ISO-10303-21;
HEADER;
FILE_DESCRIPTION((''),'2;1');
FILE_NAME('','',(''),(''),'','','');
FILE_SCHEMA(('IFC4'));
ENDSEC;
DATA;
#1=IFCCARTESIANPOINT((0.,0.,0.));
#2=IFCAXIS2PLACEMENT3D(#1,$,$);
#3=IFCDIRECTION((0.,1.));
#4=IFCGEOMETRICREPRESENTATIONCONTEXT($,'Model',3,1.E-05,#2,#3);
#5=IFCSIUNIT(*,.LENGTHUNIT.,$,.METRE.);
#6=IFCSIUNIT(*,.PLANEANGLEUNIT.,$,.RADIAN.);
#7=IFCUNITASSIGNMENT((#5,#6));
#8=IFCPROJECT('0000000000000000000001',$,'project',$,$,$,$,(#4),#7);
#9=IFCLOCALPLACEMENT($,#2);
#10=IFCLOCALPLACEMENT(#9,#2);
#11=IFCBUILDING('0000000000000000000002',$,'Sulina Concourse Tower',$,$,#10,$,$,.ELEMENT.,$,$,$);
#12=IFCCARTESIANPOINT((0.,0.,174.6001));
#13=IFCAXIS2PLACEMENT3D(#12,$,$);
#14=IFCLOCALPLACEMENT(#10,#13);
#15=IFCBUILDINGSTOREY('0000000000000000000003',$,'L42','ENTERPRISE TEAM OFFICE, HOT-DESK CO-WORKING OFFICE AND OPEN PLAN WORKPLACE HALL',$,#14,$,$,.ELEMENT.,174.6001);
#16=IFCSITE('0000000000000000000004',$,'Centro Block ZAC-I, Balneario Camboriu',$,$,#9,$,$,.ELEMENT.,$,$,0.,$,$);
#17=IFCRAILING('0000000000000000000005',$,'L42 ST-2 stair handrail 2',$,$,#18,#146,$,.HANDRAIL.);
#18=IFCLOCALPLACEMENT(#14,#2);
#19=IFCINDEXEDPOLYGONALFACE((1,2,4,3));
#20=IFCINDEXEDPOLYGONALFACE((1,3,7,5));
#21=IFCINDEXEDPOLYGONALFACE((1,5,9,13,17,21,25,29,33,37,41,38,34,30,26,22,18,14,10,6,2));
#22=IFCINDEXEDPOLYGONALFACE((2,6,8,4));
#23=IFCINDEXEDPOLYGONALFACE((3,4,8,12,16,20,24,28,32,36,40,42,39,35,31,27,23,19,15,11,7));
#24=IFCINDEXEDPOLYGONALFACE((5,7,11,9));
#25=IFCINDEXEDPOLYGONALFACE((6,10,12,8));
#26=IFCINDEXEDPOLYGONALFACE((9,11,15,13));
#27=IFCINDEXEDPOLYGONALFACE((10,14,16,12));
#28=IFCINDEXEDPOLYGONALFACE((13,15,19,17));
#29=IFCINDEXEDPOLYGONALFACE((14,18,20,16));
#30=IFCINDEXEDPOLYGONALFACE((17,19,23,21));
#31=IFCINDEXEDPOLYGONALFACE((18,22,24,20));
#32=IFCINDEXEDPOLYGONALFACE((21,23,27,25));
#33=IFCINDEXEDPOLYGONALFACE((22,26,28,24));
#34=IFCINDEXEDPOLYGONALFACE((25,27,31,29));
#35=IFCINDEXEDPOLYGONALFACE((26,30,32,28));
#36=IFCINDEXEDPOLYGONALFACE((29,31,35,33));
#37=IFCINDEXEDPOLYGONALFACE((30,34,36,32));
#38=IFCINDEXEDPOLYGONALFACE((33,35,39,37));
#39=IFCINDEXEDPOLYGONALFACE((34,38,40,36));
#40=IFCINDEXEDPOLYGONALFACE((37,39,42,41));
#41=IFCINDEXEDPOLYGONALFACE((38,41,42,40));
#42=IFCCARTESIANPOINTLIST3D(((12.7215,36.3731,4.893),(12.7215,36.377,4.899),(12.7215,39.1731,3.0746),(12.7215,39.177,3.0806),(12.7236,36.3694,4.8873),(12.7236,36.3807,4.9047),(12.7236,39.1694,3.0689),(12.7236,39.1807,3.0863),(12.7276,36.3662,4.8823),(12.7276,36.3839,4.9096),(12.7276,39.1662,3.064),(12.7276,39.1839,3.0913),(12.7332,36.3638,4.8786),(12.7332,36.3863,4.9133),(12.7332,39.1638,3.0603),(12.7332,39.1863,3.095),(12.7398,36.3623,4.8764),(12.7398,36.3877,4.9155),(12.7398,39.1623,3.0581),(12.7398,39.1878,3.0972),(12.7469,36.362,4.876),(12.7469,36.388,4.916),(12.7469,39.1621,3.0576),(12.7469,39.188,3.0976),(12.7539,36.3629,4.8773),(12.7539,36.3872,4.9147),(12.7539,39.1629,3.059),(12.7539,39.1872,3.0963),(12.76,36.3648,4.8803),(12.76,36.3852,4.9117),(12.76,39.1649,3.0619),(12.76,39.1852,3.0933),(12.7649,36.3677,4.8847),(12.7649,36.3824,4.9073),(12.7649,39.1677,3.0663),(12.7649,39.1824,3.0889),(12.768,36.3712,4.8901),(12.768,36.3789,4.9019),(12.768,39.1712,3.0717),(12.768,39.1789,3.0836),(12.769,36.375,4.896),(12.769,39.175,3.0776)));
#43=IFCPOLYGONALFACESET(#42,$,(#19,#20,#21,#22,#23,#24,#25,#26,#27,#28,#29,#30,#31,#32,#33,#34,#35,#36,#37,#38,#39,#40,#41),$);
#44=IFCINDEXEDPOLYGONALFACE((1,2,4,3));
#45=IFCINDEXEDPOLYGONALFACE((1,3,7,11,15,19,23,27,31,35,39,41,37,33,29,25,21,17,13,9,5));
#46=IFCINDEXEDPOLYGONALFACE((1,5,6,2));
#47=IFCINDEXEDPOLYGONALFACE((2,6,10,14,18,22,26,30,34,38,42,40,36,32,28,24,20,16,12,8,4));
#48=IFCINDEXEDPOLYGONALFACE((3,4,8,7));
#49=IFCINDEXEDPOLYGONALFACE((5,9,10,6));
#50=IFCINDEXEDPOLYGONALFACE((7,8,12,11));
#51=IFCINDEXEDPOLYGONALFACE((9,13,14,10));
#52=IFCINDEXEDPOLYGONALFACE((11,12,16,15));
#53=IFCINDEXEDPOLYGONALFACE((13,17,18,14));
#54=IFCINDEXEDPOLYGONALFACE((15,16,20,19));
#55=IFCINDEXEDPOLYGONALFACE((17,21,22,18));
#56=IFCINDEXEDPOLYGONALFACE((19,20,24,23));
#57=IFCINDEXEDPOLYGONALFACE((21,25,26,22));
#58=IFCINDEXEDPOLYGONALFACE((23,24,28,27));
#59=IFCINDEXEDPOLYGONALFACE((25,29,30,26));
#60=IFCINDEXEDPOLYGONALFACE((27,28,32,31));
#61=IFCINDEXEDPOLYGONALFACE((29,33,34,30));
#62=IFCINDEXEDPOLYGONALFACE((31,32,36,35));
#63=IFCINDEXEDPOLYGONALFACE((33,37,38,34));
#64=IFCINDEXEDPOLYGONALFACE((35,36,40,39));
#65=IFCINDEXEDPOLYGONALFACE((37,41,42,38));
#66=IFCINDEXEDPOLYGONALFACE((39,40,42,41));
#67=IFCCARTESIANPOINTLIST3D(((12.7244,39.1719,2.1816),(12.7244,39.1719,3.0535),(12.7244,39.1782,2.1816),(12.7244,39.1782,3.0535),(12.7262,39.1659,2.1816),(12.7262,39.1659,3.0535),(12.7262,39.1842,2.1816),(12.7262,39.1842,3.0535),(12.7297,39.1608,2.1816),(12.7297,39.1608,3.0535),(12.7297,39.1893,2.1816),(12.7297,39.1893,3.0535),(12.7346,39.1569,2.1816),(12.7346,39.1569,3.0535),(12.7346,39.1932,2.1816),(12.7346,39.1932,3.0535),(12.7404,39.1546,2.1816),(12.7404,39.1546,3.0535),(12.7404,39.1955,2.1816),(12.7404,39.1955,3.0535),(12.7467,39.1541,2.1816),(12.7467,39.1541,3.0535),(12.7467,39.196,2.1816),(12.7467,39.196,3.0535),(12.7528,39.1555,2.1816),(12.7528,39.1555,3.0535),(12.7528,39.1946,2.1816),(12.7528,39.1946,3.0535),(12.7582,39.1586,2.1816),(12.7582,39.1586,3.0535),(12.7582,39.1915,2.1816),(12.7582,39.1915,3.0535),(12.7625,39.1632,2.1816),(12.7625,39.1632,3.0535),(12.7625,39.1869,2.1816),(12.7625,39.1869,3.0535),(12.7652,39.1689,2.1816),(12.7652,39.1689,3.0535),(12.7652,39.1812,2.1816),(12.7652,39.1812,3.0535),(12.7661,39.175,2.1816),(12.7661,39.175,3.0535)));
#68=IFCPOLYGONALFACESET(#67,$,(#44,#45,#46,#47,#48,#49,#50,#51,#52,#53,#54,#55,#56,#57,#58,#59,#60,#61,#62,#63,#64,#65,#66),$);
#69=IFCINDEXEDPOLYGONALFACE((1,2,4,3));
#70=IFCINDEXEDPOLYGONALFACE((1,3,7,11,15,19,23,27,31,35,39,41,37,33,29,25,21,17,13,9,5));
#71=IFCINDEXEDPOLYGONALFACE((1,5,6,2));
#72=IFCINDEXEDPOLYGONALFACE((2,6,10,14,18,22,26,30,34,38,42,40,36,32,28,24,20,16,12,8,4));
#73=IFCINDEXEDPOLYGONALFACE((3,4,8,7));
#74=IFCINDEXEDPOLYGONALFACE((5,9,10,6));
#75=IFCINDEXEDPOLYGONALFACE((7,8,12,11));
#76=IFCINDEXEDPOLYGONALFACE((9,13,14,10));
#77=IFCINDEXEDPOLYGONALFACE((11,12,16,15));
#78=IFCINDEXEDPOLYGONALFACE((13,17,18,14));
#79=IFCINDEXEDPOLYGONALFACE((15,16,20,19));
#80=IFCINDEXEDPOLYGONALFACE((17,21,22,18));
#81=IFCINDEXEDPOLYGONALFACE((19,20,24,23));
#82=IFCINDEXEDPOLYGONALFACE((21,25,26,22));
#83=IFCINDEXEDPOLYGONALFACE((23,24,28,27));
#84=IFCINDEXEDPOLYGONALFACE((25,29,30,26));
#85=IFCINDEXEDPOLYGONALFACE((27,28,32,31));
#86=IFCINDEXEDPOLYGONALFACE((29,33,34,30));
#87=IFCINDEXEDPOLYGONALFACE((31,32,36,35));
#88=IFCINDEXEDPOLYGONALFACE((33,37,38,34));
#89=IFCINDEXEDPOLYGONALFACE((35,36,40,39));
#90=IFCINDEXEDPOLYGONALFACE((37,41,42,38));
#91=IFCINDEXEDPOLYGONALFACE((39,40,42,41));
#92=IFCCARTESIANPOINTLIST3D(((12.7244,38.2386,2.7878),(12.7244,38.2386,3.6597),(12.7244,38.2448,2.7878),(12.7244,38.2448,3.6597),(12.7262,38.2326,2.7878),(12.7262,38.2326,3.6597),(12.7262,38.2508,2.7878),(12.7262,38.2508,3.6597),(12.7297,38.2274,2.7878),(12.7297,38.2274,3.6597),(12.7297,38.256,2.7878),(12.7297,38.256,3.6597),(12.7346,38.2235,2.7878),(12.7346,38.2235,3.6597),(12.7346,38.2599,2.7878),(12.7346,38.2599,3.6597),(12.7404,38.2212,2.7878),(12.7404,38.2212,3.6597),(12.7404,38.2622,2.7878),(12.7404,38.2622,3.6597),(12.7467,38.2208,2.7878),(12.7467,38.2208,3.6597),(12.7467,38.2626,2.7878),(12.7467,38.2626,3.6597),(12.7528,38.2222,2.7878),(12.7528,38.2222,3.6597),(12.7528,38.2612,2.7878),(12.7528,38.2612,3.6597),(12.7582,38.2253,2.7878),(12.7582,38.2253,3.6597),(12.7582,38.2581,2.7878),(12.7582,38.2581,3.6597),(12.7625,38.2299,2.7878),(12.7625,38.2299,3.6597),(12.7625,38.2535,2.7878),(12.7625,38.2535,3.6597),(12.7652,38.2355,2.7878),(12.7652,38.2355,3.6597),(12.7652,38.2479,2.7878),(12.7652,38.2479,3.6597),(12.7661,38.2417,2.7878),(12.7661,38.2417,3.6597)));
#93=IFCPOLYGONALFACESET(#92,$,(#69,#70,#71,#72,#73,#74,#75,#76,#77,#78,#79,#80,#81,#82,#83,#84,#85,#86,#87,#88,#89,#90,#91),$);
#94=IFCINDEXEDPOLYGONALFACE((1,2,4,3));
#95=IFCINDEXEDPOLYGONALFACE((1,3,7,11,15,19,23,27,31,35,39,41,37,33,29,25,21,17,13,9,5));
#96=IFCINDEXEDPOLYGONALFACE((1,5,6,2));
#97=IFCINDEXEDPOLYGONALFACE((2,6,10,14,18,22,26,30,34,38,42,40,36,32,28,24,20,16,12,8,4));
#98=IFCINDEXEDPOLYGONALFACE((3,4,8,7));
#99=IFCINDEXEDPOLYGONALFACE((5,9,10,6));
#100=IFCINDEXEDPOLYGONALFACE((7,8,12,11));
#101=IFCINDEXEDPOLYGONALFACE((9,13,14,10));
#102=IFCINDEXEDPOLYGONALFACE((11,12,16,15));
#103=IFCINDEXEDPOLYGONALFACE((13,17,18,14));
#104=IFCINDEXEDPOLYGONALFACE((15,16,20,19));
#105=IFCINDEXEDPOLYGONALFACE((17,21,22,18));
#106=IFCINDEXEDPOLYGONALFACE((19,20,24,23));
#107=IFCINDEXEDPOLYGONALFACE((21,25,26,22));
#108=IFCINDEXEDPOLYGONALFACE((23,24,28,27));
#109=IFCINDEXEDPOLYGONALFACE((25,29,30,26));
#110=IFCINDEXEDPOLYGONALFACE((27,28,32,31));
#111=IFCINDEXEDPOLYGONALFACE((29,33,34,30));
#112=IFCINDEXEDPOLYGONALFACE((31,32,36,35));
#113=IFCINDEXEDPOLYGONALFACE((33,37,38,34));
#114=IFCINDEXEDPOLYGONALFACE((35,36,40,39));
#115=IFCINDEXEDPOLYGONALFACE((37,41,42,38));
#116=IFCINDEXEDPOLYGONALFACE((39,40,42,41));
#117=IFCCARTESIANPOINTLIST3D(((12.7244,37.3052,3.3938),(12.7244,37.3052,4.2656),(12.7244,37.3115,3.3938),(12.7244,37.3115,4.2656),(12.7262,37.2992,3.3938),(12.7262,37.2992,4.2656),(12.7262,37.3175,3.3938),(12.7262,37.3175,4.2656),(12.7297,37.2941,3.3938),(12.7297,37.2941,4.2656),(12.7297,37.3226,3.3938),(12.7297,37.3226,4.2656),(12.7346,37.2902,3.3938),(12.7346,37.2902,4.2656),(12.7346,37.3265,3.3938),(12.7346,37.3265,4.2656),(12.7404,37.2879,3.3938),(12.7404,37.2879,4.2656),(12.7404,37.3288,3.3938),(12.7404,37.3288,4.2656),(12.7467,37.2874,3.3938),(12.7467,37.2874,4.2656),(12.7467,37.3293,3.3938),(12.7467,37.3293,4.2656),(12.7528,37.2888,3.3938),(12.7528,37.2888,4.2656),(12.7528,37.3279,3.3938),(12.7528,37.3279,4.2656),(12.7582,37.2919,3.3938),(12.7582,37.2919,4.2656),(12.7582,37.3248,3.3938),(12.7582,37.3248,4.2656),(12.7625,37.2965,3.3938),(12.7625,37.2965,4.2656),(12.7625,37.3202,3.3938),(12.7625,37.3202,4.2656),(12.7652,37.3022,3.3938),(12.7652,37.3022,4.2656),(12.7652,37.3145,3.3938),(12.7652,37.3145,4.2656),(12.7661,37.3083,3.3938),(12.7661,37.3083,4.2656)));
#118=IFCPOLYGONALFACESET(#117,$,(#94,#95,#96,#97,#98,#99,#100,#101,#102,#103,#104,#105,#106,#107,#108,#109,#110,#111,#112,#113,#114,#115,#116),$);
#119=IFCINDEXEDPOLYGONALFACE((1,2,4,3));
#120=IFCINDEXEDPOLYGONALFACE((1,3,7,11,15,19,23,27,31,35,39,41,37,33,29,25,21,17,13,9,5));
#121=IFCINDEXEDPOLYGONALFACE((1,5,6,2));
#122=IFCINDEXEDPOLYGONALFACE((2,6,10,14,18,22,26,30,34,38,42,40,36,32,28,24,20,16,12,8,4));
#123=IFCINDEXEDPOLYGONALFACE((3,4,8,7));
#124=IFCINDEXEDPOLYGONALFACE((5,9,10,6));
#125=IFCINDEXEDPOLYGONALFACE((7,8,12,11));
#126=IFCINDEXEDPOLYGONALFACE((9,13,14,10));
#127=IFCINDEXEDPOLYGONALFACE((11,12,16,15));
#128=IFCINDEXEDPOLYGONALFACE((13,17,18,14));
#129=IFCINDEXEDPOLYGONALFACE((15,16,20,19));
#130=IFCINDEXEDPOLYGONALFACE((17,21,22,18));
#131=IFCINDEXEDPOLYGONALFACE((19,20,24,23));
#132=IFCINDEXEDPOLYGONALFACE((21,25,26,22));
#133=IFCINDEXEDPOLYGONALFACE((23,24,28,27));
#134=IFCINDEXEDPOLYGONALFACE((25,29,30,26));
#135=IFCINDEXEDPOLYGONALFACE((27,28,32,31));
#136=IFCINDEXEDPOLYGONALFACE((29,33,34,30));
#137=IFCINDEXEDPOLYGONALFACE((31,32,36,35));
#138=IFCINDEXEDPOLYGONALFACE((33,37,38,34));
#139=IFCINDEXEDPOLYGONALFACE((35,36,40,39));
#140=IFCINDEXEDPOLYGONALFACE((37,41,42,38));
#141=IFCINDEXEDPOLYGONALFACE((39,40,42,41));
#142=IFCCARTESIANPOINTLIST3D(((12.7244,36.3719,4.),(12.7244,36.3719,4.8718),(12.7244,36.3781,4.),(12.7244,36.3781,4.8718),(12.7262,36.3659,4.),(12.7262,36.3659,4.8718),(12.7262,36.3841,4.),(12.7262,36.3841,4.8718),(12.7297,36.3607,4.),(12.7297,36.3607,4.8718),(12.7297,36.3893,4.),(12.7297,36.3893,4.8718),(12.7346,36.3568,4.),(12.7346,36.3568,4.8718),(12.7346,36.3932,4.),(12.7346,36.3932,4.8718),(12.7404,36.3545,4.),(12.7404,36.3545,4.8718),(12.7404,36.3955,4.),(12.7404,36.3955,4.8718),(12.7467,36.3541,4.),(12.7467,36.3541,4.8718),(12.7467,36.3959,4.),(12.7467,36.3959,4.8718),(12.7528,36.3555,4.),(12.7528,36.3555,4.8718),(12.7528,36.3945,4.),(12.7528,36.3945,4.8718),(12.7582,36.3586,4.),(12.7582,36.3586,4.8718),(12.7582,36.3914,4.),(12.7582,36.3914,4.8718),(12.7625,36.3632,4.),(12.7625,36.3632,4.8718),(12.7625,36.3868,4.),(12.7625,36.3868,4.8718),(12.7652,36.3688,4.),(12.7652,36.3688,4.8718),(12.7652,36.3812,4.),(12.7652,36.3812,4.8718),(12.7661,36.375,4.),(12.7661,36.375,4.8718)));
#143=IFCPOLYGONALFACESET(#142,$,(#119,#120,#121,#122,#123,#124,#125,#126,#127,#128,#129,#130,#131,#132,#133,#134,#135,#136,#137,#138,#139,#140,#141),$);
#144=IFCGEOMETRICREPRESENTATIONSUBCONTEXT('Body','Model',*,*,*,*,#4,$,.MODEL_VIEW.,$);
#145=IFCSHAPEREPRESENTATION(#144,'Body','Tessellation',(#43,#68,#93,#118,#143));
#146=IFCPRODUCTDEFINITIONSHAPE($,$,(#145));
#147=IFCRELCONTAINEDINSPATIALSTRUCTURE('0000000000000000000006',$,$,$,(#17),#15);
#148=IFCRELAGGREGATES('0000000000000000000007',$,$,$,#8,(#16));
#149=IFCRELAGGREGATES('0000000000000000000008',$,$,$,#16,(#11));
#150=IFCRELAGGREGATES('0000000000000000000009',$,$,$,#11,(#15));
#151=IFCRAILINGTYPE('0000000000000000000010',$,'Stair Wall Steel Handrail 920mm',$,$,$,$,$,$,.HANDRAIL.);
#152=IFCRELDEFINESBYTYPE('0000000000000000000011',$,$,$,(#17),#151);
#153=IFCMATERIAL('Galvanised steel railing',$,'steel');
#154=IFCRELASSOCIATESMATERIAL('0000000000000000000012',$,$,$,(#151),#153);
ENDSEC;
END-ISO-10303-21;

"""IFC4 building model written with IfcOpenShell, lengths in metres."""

from ifc_helpers import new_model, si_unit, direction, frame, origin, origin_2d, place, context, subcontext, project, spatial, circle, extrude, material, type_object, element, save


model = new_model("IFC4")

# Units and contexts
model_context = context("Model", 3, precision=1e-05, world=origin(), true_north=direction((0.0, 1.0)))
body_context = subcontext(model_context, "Body", "Model", "MODEL_VIEW")
ifc_project = project(units=[si_unit("LENGTHUNIT", "METRE"), si_unit("PLANEANGLEUNIT", "RADIAN")], contexts=[model_context])

# Site, building, storey
site_placement = place(None, origin())
site = spatial("IfcSite", under=ifc_project, at=site_placement, Name="Centro Block ZAC-I, Balneario Camboriu", CompositionType="ELEMENT", RefElevation=0.0)
building_placement = place(site_placement, origin())
building = spatial("IfcBuilding", under=site, at=building_placement, Name="Sulina Concourse Tower", CompositionType="ELEMENT")
storey_placement = place(building_placement, frame((0.0, 0.0, 174.6001)))
storey = spatial("IfcBuildingStorey", under=building, at=storey_placement, Name="L42", Description="ENTERPRISE TEAM OFFICE, HOT-DESK CO-WORKING OFFICE AND OPEN PLAN WORKPLACE HALL", CompositionType="ELEMENT", Elevation=174.6001)

# Railing
ifc_material_1 = material(Name="Galvanised steel railing", Category="steel")
railing_type_1 = type_object("IfcRailingType", Name="Stair Wall Steel Handrail 920mm", PredefinedType="HANDRAIL", material=ifc_material_1)
railing_1_placement = place(storey_placement, frame((12.7451, 39.175, 2.1816)))
element("IfcRailing", 1, at=railing_1_placement, inside=storey, type_object=railing_type_1, Name="L42 ST-2 stair handrail 2", PredefinedType="HANDRAIL", context=body_context, shape_type="SweptSolid", body=[
    extrude(circle(Radius=0.0239, at=origin_2d()), frame((0.0, 0.0, 0.896), z_axis=(0.0, -0.838672, 0.544636), x_axis=(1.0, 0.0, 0.0)), (0.0, 0.0, 1.0), 3.3386),
    extrude(circle(Radius=0.021, at=origin_2d()), origin(), (0.0, 0.0, 1.0), 0.8718),
    extrude(circle(Radius=0.021, at=origin_2d()), frame((0.0, -0.9333, 0.6062)), (0.0, 0.0, 1.0), 0.8718),
    extrude(circle(Radius=0.021, at=origin_2d()), frame((0.0, -1.8667, 1.2122)), (0.0, 0.0, 1.0), 0.8718),
    extrude(circle(Radius=0.021, at=origin_2d()), frame((0.0, -2.8, 1.8184)), (0.0, 0.0, 1.0), 0.8718),
])

save(model, "model.ifc")
